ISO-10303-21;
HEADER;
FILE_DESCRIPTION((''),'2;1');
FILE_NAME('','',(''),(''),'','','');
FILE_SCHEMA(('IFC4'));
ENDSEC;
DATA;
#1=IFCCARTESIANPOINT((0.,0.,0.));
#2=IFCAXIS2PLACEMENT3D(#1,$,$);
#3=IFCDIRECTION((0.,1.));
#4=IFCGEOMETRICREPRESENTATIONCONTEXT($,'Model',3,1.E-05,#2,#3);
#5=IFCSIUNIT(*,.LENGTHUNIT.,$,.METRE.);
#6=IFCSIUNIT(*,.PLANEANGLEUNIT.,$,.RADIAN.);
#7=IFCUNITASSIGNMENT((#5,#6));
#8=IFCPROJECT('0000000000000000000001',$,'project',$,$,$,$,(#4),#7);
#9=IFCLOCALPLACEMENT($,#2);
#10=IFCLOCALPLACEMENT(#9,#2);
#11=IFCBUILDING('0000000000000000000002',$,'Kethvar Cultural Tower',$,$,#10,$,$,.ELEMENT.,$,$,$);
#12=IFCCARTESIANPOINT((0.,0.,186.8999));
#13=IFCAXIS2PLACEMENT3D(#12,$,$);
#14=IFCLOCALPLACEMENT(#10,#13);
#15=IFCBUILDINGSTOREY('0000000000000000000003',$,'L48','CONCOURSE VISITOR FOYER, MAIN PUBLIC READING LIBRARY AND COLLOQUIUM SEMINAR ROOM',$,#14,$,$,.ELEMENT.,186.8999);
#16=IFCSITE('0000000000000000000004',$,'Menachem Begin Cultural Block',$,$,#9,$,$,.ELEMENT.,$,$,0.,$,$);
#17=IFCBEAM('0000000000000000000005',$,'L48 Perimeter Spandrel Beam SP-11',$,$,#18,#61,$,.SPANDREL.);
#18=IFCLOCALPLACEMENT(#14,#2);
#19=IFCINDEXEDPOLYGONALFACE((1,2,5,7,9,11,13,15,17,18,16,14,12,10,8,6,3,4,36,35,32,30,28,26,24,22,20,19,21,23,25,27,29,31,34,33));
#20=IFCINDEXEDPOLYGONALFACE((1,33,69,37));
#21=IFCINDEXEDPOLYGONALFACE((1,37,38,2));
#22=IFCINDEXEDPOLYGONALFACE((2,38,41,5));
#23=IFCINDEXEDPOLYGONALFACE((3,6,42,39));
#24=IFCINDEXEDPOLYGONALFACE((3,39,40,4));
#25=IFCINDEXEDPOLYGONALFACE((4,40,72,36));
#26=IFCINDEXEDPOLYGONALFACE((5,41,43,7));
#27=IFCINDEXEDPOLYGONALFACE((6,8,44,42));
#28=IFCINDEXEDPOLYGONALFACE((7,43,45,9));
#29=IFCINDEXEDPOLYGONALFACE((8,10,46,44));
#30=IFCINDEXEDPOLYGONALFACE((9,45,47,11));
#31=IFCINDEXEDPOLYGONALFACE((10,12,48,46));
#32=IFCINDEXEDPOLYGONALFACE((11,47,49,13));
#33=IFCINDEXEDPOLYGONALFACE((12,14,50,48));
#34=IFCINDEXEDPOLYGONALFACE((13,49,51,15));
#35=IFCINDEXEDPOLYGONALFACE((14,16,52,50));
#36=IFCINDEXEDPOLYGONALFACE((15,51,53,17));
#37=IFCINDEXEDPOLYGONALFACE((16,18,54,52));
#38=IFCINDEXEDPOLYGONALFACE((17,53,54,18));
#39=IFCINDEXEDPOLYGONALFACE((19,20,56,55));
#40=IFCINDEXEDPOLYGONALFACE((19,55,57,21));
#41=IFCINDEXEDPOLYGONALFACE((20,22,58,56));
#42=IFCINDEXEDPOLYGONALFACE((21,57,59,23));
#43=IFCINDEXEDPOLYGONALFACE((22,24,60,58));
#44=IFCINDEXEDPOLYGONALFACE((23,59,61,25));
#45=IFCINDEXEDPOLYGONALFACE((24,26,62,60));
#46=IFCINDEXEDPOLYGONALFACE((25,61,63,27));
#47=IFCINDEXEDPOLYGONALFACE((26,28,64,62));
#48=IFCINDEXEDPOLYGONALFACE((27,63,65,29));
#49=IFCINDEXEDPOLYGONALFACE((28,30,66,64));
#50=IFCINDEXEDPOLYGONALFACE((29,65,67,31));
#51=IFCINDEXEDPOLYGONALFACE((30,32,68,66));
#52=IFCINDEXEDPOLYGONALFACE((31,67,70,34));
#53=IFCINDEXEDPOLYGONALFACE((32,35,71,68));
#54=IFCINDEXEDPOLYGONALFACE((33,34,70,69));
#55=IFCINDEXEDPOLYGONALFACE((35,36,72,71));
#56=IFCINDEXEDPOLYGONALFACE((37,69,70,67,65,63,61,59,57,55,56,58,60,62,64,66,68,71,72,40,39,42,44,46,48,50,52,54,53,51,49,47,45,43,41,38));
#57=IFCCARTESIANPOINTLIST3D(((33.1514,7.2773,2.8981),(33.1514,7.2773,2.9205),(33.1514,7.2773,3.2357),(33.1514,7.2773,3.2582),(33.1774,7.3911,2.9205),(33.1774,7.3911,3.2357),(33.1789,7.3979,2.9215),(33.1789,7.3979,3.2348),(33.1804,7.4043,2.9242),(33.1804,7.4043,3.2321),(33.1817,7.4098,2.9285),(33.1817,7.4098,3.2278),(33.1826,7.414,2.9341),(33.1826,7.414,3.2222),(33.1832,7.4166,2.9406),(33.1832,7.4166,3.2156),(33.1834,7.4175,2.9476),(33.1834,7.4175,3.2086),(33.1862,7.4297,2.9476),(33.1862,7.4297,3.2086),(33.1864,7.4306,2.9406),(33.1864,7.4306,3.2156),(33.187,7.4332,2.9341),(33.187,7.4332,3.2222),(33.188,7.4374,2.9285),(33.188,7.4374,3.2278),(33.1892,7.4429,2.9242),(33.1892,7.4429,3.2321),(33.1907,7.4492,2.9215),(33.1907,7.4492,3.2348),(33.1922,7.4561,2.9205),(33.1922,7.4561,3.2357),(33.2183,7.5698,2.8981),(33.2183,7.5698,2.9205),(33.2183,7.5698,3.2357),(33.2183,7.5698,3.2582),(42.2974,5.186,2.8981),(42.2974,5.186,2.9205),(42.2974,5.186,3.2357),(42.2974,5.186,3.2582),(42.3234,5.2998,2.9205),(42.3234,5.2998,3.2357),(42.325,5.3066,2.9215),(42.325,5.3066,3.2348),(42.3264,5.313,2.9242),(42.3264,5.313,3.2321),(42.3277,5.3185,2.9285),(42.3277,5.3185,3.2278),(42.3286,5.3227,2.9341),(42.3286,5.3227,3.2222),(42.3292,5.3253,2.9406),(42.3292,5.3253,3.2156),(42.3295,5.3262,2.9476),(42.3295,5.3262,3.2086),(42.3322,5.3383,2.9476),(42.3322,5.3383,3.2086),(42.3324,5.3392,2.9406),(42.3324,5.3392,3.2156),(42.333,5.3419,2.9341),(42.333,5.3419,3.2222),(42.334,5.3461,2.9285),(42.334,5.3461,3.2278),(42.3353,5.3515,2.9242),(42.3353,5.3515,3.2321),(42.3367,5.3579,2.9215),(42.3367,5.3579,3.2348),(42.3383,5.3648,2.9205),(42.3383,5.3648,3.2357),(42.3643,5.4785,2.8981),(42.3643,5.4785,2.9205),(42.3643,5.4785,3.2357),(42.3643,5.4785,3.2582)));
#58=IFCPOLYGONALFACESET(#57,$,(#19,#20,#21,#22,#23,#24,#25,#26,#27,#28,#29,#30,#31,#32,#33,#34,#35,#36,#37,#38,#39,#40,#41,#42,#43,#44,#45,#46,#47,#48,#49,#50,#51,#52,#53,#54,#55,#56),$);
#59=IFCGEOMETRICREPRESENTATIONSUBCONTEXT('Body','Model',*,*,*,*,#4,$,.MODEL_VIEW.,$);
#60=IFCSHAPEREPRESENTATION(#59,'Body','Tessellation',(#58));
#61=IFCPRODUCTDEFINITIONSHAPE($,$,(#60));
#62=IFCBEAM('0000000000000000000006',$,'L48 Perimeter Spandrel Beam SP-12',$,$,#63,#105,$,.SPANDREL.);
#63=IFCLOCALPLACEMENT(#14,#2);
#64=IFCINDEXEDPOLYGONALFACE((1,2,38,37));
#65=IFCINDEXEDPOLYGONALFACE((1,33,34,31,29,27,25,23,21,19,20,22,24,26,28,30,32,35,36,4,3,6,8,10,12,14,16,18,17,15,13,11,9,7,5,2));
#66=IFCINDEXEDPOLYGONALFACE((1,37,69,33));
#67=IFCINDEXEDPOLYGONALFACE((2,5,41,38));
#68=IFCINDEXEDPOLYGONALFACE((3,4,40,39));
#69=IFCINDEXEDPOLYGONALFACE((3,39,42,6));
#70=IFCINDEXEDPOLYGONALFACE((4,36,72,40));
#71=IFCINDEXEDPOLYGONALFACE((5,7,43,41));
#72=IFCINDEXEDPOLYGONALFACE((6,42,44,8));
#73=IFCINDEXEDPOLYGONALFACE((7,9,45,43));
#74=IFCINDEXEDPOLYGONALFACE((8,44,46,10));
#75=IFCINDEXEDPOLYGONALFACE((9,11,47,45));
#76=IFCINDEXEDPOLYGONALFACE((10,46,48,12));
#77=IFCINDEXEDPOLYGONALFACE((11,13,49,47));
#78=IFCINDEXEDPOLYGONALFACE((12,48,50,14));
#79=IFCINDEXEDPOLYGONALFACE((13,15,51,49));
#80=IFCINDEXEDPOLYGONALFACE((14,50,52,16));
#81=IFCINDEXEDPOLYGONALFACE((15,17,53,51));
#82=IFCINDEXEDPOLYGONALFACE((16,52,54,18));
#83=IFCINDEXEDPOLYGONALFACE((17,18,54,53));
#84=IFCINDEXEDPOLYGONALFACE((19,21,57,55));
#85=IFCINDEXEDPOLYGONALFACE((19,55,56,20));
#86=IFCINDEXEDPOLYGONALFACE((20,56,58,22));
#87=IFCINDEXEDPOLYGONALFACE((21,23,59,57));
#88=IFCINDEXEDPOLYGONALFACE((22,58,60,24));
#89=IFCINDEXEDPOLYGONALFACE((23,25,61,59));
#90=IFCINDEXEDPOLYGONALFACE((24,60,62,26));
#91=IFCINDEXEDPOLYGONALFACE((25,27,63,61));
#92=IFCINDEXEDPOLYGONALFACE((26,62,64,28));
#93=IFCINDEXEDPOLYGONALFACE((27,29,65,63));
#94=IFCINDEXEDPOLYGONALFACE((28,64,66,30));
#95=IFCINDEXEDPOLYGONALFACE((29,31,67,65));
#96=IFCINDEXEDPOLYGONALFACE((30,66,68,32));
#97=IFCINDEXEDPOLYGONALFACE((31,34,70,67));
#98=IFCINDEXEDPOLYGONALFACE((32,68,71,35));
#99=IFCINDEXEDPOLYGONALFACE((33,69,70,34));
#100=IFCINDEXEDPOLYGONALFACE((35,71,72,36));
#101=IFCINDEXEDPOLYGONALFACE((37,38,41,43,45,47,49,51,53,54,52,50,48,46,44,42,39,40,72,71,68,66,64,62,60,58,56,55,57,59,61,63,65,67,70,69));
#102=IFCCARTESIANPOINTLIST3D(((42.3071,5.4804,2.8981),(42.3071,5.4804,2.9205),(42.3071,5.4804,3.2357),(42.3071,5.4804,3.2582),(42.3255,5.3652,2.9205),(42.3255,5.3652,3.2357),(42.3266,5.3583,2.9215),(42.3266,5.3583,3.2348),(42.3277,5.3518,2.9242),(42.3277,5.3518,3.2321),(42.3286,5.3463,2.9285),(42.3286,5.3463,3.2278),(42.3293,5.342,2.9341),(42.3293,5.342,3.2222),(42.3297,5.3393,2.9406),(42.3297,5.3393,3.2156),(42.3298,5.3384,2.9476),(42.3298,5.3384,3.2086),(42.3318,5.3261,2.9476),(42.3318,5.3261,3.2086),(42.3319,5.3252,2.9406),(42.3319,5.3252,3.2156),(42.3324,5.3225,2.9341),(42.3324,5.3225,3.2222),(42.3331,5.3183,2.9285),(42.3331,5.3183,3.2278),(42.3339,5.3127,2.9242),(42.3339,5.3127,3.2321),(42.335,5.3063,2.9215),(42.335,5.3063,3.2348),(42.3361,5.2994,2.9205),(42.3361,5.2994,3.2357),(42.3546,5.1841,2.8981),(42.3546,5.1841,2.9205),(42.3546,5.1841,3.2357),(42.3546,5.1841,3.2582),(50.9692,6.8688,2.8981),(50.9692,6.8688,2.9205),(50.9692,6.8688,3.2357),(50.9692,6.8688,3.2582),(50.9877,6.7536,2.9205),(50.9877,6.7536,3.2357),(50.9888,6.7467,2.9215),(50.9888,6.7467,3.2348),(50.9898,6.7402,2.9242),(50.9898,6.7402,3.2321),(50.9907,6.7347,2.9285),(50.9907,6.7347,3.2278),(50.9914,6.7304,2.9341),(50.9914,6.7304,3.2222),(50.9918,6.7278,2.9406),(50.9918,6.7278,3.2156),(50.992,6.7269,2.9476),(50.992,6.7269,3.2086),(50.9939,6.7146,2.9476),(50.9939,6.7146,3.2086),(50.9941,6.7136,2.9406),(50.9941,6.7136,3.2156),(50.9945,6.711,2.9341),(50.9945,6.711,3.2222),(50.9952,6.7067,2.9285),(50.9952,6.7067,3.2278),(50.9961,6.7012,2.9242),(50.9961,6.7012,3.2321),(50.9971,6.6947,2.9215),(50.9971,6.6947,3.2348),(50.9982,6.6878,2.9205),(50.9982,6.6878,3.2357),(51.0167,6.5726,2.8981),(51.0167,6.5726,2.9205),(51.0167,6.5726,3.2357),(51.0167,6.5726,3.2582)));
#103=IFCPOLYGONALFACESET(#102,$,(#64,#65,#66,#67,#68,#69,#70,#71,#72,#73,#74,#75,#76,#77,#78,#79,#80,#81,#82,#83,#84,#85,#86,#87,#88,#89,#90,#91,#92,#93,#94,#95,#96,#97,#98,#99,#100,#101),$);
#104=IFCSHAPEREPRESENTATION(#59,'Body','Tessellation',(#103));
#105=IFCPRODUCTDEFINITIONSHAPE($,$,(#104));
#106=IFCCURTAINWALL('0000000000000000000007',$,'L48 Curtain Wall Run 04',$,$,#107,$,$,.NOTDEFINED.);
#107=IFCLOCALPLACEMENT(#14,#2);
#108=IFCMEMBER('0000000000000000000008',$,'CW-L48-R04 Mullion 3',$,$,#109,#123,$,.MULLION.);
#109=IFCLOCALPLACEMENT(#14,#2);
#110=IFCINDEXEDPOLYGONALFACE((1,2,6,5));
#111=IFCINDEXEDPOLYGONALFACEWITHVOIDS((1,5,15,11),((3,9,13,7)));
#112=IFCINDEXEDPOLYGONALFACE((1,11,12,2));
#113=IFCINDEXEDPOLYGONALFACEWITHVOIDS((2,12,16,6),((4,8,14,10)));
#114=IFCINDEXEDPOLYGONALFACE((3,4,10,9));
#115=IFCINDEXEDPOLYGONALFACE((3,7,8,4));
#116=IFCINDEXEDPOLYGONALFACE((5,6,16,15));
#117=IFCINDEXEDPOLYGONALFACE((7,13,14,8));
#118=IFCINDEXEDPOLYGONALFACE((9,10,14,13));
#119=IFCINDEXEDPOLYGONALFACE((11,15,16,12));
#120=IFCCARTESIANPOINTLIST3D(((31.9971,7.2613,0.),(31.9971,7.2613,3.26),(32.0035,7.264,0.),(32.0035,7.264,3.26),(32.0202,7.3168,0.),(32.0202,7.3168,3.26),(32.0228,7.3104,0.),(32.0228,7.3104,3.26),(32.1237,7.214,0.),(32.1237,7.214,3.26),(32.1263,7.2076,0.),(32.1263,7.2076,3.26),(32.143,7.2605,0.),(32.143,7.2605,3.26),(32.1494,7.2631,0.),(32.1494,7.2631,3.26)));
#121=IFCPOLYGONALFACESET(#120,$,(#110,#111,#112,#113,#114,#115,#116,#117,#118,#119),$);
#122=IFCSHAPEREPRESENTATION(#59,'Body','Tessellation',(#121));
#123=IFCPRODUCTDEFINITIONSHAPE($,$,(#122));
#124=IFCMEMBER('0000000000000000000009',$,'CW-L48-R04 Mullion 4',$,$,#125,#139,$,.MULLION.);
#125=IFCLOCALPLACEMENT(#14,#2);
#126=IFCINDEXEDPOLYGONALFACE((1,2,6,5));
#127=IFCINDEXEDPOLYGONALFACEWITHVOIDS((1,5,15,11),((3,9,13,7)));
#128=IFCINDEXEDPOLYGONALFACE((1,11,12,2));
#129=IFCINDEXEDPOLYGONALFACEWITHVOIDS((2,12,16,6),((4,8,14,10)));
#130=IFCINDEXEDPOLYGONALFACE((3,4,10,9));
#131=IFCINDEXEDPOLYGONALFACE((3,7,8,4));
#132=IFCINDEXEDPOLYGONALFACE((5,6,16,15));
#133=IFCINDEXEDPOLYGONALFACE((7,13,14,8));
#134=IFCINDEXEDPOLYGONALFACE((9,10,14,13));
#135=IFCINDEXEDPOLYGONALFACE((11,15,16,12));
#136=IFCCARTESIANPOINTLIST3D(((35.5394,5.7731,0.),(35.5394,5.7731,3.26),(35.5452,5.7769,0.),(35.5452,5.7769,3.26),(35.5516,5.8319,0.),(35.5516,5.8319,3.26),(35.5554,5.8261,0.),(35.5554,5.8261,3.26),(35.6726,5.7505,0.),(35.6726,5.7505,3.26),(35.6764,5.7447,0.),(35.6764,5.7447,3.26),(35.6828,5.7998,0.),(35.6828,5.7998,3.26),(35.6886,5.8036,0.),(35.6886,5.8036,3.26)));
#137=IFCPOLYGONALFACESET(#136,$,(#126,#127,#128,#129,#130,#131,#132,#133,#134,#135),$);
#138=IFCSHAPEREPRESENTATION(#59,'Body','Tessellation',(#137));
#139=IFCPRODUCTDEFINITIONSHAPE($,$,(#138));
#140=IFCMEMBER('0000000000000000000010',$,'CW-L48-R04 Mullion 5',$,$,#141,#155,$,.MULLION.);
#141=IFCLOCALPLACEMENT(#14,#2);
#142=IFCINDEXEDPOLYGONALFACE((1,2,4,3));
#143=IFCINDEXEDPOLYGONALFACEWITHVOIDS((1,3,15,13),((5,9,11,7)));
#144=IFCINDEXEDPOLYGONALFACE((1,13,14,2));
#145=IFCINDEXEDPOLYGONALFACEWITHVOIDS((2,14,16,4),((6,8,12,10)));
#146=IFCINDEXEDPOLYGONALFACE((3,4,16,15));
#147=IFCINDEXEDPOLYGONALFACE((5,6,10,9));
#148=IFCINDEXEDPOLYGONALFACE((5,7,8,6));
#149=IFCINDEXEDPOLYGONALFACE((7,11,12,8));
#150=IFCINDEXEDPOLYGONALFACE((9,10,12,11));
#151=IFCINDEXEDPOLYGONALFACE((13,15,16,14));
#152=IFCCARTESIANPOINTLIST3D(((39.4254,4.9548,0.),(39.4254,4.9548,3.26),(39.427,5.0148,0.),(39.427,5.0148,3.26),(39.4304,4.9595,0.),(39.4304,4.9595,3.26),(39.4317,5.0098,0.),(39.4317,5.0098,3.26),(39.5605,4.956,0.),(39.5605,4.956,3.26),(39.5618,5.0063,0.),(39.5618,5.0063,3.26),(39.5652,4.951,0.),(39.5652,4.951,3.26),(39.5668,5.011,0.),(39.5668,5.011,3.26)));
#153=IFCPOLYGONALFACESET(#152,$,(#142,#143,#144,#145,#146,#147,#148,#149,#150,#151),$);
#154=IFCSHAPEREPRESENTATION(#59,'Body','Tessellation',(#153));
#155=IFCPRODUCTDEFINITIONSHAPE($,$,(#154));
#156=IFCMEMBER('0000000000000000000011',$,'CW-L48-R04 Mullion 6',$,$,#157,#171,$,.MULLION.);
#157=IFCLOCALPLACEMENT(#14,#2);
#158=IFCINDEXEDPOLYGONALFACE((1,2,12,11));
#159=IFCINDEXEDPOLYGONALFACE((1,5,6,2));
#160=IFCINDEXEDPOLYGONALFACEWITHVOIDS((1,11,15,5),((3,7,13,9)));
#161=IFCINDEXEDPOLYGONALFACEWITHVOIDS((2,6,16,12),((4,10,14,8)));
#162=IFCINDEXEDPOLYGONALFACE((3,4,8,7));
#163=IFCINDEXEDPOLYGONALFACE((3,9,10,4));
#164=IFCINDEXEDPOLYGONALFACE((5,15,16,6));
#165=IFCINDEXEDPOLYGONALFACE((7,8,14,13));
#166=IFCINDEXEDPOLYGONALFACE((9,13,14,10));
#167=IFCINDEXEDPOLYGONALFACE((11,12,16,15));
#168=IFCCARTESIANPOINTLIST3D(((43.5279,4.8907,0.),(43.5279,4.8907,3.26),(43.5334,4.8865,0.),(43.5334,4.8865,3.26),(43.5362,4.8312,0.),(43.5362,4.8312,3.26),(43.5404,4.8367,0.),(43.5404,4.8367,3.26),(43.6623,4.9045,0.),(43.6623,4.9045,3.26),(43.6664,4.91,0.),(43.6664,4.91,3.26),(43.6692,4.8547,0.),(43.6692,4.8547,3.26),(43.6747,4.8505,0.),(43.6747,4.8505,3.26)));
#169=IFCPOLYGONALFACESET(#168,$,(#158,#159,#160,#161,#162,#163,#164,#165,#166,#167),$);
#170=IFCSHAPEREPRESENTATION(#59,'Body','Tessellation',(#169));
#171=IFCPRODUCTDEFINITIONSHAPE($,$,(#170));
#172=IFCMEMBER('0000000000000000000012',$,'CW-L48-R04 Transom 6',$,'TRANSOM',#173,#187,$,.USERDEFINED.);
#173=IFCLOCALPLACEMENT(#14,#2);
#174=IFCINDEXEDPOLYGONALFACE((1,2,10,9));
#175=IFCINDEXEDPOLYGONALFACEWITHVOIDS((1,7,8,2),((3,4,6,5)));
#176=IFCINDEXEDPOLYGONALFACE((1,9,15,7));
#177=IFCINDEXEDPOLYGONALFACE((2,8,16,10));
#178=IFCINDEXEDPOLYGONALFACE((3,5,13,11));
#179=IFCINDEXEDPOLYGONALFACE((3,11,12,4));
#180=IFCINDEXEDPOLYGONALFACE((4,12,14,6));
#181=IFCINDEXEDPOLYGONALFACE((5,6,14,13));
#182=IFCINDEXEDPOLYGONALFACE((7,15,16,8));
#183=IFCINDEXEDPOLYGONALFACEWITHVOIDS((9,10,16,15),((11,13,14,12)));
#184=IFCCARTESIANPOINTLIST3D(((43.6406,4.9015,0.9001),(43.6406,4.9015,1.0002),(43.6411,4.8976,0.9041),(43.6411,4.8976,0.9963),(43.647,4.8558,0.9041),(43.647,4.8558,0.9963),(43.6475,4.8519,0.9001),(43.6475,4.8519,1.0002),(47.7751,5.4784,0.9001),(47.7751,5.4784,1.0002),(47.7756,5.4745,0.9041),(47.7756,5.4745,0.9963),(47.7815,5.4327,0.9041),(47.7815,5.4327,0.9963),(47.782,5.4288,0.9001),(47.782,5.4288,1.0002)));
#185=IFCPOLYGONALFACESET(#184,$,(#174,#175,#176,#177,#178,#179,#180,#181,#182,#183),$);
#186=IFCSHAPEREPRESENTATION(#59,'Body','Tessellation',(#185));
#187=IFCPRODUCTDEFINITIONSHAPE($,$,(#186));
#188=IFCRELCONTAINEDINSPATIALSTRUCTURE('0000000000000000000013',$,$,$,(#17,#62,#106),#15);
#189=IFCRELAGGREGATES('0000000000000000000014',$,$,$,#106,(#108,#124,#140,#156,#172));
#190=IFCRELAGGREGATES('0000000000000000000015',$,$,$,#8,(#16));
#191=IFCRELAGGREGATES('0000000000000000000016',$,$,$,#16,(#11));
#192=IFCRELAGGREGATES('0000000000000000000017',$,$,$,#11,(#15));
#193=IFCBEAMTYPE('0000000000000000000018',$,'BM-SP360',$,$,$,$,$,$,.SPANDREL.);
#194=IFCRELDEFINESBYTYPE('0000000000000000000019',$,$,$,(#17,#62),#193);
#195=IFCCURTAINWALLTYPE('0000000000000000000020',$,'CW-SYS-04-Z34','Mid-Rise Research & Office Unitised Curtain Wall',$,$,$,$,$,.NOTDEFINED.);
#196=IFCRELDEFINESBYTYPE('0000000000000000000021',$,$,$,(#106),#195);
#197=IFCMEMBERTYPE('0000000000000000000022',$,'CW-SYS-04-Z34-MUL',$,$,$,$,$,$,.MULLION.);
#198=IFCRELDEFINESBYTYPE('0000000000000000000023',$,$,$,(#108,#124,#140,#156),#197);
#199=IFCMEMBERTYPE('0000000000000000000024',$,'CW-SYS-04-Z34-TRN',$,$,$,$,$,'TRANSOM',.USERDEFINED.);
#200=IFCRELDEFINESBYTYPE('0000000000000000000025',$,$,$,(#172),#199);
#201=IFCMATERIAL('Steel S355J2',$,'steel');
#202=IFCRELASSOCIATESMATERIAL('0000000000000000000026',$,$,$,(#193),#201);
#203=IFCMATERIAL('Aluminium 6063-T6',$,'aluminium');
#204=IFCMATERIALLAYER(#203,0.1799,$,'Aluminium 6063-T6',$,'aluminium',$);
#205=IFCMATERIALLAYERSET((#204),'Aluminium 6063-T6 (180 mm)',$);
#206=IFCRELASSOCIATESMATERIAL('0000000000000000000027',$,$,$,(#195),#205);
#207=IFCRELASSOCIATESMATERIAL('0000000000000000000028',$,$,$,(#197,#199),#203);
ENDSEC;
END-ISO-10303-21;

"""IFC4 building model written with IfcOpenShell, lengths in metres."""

from ifc_helpers import new_model, si_unit, direction, frame, origin, origin_2d, place, context, subcontext, project, spatial, hollow_rectangle, i_section, extrude, source, transform, mapped, material, layer, layer_set, material_profile, profile_set, type_object, element, aggregate, save


model = new_model("IFC4")

# Units and contexts
model_context = context("Model", 3, precision=1e-05, world=origin(), true_north=direction((0.0, 1.0)))
body_context = subcontext(model_context, "Body", "Model", "MODEL_VIEW")
ifc_project = project(units=[si_unit("LENGTHUNIT", "METRE"), si_unit("PLANEANGLEUNIT", "RADIAN")], contexts=[model_context])

# Site, building, storey
site_placement = place(None, origin())
site = spatial("IfcSite", under=ifc_project, at=site_placement, Name="Menachem Begin Cultural Block", CompositionType="ELEMENT", RefElevation=0.0)
building_placement = place(site_placement, origin())
building = spatial("IfcBuilding", under=site, at=building_placement, Name="Kethvar Cultural Tower", CompositionType="ELEMENT")
storey_placement = place(building_placement, frame((0.0, 0.0, 186.8999)))
storey = spatial("IfcBuildingStorey", under=building, at=storey_placement, Name="L48", Description="CONCOURSE VISITOR FOYER, MAIN PUBLIC READING LIBRARY AND COLLOQUIUM SEMINAR ROOM", CompositionType="ELEMENT", Elevation=186.8999)

# Beams
ifc_material_1 = material(Name="Steel S355J2", Category="steel")
ifc_material_profile_1 = material_profile(ifc_material_1, i_section(OverallWidth=0.3, OverallDepth=0.3601, WebThickness=0.0125, FlangeThickness=0.0225, FilletRadius=0.0271, at=origin_2d()), Name="Steel S355J2 — HEB360")
ifc_profile_set_1 = profile_set([ifc_material_profile_1], Name="Steel S355J2 — HEB360")
beam_type_1 = type_object("IfcBeamType", Name="BM-SP360", PredefinedType="SPANDREL", material=ifc_profile_set_1)
shared_shape_1 = source(origin(), body_context, "Body", "SweptSolid", [
    extrude(i_section(OverallWidth=0.3, OverallDepth=0.3601, WebThickness=0.0125, FlangeThickness=0.0225, FilletRadius=0.0271, at=origin_2d()), origin(), (0.0, 0.0, 1.0), 9.3821),
])
beam_1_placement = place(storey_placement, frame((33.1848, 7.4236, 3.0781), z_axis=(0.97484, -0.222905, 0.0), x_axis=(0.222905, 0.97484, 0.0)))
element("IfcBeam", 1, at=beam_1_placement, inside=storey, type_object=beam_type_1, Name="L48 Perimeter Spandrel Beam SP-11", PredefinedType="SPANDREL", context=body_context, shape_type="MappedRepresentation", body=[
    mapped(shared_shape_1, transform((0.0, 0.0, 0.0), scale=1.0)),
])
shared_shape_2 = source(origin(), body_context, "Body", "SweptSolid", [
    extrude(i_section(OverallWidth=0.3, OverallDepth=0.3601, WebThickness=0.0125, FlangeThickness=0.0225, FilletRadius=0.0271, at=origin_2d()), origin(), (0.0, 0.0, 1.0), 8.7727),
])
beam_2_placement = place(storey_placement, frame((42.3308, 5.3323, 3.0781), z_axis=(0.987396, 0.158267, 0.0), x_axis=(-0.158267, 0.987396, 0.0)))
element("IfcBeam", 2, at=beam_2_placement, inside=storey, type_object=beam_type_1, Name="L48 Perimeter Spandrel Beam SP-12", PredefinedType="SPANDREL", context=body_context, shape_type="MappedRepresentation", body=[
    mapped(shared_shape_2, transform((0.0, 0.0, 0.0), scale=1.0)),
])

# Curtain wall, members
ifc_material_2 = material(Name="Aluminium 6063-T6", Category="aluminium")
ifc_layer_1 = layer(ifc_material_2, 0.1799, Name="Aluminium 6063-T6", Category="aluminium")
ifc_layer_set_1 = layer_set([ifc_layer_1], Name="Aluminium 6063-T6 (180 mm)")
curtain_wall_type = type_object("IfcCurtainWallType", Name="CW-SYS-04-Z34", Description="Mid-Rise Research & Office Unitised Curtain Wall", PredefinedType="NOTDEFINED", material=ifc_layer_set_1)
curtain_wall_placement = place(storey_placement, origin())
curtain_wall = element("IfcCurtainWall", 3, at=curtain_wall_placement, inside=storey, type_object=curtain_wall_type, Name="L48 Curtain Wall Run 04", PredefinedType="NOTDEFINED")
ifc_material_profile_2 = material_profile(ifc_material_2, hollow_rectangle(XDim=0.0601, YDim=0.1399, WallThickness=0.0049, at=origin_2d()), Name="Aluminium 6063-T6 — RHS140x60x5")
ifc_profile_set_2 = profile_set([ifc_material_profile_2], Name="Aluminium 6063-T6 — RHS140x60x5")
member_type_1 = type_object("IfcMemberType", Name="CW-SYS-04-Z34-MUL", PredefinedType="MULLION", material=ifc_profile_set_2)
shared_shape_3 = source(origin(), body_context, "Body", "SweptSolid", [
    extrude(hollow_rectangle(XDim=0.0601, YDim=0.1399, WallThickness=0.0049, at=origin_2d()), origin(), (0.0, 0.0, 1.0), 3.26),
])
member_1_placement = place(storey_placement, frame((32.0732, 7.2622, 0.0), z_axis=(0.0, 0.0, 1.0), x_axis=(0.38378, 0.923425, 0.0)))
member_1 = element("IfcMember", 4, at=member_1_placement, type_object=member_type_1, Name="CW-L48-R04 Mullion 3", PredefinedType="MULLION", context=body_context, shape_type="MappedRepresentation", body=[
    mapped(shared_shape_3, transform((0.0, 0.0, 0.0), scale=1.0)),
])
member_2_placement = place(storey_placement, frame((35.614, 5.7883, 0.0), z_axis=(0.0, 0.0, 1.0), x_axis=(0.202753, 0.97923, 0.0)))
member_2 = element("IfcMember", 5, at=member_2_placement, type_object=member_type_1, Name="CW-L48-R04 Mullion 4", PredefinedType="MULLION", context=body_context, shape_type="MappedRepresentation", body=[
    mapped(shared_shape_3, transform((0.0, 0.0, 0.0), scale=1.0)),
])
member_3_placement = place(storey_placement, frame((39.4961, 4.9829, 0.0), z_axis=(0.0, 0.0, 1.0), x_axis=(0.026927, 0.999637, 0.0)))
member_3 = element("IfcMember", 6, at=member_3_placement, type_object=member_type_1, Name="CW-L48-R04 Mullion 5", PredefinedType="MULLION", context=body_context, shape_type="MappedRepresentation", body=[
    mapped(shared_shape_3, transform((0.0, 0.0, 0.0), scale=1.0)),
])
member_4_placement = place(storey_placement, frame((43.6013, 4.8706, 0.0), z_axis=(0.0, 0.0, 1.0), x_axis=(-0.138188, 0.990406, 0.0)))
member_4 = element("IfcMember", 7, at=member_4_placement, type_object=member_type_1, Name="CW-L48-R04 Mullion 6", PredefinedType="MULLION", context=body_context, shape_type="MappedRepresentation", body=[
    mapped(shared_shape_3, transform((0.0, 0.0, 0.0), scale=1.0)),
])
ifc_material_profile_3 = material_profile(ifc_material_2, hollow_rectangle(XDim=0.05, YDim=0.1001, WallThickness=0.0039, at=origin_2d()), Name="Aluminium 6063-T6 — RHS100x50x4")
ifc_profile_set_3 = profile_set([ifc_material_profile_3], Name="Aluminium 6063-T6 — RHS100x50x4")
member_type_2 = type_object("IfcMemberType", Name="CW-SYS-04-Z34-TRN", ElementType="TRANSOM", PredefinedType="USERDEFINED", material=ifc_profile_set_3)
shared_shape_4 = source(origin(), body_context, "Body", "SweptSolid", [
    extrude(hollow_rectangle(XDim=0.05, YDim=0.1001, WallThickness=0.0039, at=origin_2d()), origin(), (0.0, 0.0, 1.0), 4.1746),
])
member_5_placement = place(storey_placement, frame((43.644, 4.8767, 0.9502), z_axis=(0.990405, 0.138195, 0.0), x_axis=(-0.138195, 0.990405, 0.0)))
member_5 = element("IfcMember", 8, at=member_5_placement, type_object=member_type_2, Name="CW-L48-R04 Transom 6", ObjectType="TRANSOM", PredefinedType="USERDEFINED", context=body_context, shape_type="MappedRepresentation", body=[
    mapped(shared_shape_4, transform((0.0, 0.0, 0.0), scale=1.0)),
])
aggregate(curtain_wall, [member_1, member_2, member_3, member_4, member_5])

save(model, "model.ifc")
